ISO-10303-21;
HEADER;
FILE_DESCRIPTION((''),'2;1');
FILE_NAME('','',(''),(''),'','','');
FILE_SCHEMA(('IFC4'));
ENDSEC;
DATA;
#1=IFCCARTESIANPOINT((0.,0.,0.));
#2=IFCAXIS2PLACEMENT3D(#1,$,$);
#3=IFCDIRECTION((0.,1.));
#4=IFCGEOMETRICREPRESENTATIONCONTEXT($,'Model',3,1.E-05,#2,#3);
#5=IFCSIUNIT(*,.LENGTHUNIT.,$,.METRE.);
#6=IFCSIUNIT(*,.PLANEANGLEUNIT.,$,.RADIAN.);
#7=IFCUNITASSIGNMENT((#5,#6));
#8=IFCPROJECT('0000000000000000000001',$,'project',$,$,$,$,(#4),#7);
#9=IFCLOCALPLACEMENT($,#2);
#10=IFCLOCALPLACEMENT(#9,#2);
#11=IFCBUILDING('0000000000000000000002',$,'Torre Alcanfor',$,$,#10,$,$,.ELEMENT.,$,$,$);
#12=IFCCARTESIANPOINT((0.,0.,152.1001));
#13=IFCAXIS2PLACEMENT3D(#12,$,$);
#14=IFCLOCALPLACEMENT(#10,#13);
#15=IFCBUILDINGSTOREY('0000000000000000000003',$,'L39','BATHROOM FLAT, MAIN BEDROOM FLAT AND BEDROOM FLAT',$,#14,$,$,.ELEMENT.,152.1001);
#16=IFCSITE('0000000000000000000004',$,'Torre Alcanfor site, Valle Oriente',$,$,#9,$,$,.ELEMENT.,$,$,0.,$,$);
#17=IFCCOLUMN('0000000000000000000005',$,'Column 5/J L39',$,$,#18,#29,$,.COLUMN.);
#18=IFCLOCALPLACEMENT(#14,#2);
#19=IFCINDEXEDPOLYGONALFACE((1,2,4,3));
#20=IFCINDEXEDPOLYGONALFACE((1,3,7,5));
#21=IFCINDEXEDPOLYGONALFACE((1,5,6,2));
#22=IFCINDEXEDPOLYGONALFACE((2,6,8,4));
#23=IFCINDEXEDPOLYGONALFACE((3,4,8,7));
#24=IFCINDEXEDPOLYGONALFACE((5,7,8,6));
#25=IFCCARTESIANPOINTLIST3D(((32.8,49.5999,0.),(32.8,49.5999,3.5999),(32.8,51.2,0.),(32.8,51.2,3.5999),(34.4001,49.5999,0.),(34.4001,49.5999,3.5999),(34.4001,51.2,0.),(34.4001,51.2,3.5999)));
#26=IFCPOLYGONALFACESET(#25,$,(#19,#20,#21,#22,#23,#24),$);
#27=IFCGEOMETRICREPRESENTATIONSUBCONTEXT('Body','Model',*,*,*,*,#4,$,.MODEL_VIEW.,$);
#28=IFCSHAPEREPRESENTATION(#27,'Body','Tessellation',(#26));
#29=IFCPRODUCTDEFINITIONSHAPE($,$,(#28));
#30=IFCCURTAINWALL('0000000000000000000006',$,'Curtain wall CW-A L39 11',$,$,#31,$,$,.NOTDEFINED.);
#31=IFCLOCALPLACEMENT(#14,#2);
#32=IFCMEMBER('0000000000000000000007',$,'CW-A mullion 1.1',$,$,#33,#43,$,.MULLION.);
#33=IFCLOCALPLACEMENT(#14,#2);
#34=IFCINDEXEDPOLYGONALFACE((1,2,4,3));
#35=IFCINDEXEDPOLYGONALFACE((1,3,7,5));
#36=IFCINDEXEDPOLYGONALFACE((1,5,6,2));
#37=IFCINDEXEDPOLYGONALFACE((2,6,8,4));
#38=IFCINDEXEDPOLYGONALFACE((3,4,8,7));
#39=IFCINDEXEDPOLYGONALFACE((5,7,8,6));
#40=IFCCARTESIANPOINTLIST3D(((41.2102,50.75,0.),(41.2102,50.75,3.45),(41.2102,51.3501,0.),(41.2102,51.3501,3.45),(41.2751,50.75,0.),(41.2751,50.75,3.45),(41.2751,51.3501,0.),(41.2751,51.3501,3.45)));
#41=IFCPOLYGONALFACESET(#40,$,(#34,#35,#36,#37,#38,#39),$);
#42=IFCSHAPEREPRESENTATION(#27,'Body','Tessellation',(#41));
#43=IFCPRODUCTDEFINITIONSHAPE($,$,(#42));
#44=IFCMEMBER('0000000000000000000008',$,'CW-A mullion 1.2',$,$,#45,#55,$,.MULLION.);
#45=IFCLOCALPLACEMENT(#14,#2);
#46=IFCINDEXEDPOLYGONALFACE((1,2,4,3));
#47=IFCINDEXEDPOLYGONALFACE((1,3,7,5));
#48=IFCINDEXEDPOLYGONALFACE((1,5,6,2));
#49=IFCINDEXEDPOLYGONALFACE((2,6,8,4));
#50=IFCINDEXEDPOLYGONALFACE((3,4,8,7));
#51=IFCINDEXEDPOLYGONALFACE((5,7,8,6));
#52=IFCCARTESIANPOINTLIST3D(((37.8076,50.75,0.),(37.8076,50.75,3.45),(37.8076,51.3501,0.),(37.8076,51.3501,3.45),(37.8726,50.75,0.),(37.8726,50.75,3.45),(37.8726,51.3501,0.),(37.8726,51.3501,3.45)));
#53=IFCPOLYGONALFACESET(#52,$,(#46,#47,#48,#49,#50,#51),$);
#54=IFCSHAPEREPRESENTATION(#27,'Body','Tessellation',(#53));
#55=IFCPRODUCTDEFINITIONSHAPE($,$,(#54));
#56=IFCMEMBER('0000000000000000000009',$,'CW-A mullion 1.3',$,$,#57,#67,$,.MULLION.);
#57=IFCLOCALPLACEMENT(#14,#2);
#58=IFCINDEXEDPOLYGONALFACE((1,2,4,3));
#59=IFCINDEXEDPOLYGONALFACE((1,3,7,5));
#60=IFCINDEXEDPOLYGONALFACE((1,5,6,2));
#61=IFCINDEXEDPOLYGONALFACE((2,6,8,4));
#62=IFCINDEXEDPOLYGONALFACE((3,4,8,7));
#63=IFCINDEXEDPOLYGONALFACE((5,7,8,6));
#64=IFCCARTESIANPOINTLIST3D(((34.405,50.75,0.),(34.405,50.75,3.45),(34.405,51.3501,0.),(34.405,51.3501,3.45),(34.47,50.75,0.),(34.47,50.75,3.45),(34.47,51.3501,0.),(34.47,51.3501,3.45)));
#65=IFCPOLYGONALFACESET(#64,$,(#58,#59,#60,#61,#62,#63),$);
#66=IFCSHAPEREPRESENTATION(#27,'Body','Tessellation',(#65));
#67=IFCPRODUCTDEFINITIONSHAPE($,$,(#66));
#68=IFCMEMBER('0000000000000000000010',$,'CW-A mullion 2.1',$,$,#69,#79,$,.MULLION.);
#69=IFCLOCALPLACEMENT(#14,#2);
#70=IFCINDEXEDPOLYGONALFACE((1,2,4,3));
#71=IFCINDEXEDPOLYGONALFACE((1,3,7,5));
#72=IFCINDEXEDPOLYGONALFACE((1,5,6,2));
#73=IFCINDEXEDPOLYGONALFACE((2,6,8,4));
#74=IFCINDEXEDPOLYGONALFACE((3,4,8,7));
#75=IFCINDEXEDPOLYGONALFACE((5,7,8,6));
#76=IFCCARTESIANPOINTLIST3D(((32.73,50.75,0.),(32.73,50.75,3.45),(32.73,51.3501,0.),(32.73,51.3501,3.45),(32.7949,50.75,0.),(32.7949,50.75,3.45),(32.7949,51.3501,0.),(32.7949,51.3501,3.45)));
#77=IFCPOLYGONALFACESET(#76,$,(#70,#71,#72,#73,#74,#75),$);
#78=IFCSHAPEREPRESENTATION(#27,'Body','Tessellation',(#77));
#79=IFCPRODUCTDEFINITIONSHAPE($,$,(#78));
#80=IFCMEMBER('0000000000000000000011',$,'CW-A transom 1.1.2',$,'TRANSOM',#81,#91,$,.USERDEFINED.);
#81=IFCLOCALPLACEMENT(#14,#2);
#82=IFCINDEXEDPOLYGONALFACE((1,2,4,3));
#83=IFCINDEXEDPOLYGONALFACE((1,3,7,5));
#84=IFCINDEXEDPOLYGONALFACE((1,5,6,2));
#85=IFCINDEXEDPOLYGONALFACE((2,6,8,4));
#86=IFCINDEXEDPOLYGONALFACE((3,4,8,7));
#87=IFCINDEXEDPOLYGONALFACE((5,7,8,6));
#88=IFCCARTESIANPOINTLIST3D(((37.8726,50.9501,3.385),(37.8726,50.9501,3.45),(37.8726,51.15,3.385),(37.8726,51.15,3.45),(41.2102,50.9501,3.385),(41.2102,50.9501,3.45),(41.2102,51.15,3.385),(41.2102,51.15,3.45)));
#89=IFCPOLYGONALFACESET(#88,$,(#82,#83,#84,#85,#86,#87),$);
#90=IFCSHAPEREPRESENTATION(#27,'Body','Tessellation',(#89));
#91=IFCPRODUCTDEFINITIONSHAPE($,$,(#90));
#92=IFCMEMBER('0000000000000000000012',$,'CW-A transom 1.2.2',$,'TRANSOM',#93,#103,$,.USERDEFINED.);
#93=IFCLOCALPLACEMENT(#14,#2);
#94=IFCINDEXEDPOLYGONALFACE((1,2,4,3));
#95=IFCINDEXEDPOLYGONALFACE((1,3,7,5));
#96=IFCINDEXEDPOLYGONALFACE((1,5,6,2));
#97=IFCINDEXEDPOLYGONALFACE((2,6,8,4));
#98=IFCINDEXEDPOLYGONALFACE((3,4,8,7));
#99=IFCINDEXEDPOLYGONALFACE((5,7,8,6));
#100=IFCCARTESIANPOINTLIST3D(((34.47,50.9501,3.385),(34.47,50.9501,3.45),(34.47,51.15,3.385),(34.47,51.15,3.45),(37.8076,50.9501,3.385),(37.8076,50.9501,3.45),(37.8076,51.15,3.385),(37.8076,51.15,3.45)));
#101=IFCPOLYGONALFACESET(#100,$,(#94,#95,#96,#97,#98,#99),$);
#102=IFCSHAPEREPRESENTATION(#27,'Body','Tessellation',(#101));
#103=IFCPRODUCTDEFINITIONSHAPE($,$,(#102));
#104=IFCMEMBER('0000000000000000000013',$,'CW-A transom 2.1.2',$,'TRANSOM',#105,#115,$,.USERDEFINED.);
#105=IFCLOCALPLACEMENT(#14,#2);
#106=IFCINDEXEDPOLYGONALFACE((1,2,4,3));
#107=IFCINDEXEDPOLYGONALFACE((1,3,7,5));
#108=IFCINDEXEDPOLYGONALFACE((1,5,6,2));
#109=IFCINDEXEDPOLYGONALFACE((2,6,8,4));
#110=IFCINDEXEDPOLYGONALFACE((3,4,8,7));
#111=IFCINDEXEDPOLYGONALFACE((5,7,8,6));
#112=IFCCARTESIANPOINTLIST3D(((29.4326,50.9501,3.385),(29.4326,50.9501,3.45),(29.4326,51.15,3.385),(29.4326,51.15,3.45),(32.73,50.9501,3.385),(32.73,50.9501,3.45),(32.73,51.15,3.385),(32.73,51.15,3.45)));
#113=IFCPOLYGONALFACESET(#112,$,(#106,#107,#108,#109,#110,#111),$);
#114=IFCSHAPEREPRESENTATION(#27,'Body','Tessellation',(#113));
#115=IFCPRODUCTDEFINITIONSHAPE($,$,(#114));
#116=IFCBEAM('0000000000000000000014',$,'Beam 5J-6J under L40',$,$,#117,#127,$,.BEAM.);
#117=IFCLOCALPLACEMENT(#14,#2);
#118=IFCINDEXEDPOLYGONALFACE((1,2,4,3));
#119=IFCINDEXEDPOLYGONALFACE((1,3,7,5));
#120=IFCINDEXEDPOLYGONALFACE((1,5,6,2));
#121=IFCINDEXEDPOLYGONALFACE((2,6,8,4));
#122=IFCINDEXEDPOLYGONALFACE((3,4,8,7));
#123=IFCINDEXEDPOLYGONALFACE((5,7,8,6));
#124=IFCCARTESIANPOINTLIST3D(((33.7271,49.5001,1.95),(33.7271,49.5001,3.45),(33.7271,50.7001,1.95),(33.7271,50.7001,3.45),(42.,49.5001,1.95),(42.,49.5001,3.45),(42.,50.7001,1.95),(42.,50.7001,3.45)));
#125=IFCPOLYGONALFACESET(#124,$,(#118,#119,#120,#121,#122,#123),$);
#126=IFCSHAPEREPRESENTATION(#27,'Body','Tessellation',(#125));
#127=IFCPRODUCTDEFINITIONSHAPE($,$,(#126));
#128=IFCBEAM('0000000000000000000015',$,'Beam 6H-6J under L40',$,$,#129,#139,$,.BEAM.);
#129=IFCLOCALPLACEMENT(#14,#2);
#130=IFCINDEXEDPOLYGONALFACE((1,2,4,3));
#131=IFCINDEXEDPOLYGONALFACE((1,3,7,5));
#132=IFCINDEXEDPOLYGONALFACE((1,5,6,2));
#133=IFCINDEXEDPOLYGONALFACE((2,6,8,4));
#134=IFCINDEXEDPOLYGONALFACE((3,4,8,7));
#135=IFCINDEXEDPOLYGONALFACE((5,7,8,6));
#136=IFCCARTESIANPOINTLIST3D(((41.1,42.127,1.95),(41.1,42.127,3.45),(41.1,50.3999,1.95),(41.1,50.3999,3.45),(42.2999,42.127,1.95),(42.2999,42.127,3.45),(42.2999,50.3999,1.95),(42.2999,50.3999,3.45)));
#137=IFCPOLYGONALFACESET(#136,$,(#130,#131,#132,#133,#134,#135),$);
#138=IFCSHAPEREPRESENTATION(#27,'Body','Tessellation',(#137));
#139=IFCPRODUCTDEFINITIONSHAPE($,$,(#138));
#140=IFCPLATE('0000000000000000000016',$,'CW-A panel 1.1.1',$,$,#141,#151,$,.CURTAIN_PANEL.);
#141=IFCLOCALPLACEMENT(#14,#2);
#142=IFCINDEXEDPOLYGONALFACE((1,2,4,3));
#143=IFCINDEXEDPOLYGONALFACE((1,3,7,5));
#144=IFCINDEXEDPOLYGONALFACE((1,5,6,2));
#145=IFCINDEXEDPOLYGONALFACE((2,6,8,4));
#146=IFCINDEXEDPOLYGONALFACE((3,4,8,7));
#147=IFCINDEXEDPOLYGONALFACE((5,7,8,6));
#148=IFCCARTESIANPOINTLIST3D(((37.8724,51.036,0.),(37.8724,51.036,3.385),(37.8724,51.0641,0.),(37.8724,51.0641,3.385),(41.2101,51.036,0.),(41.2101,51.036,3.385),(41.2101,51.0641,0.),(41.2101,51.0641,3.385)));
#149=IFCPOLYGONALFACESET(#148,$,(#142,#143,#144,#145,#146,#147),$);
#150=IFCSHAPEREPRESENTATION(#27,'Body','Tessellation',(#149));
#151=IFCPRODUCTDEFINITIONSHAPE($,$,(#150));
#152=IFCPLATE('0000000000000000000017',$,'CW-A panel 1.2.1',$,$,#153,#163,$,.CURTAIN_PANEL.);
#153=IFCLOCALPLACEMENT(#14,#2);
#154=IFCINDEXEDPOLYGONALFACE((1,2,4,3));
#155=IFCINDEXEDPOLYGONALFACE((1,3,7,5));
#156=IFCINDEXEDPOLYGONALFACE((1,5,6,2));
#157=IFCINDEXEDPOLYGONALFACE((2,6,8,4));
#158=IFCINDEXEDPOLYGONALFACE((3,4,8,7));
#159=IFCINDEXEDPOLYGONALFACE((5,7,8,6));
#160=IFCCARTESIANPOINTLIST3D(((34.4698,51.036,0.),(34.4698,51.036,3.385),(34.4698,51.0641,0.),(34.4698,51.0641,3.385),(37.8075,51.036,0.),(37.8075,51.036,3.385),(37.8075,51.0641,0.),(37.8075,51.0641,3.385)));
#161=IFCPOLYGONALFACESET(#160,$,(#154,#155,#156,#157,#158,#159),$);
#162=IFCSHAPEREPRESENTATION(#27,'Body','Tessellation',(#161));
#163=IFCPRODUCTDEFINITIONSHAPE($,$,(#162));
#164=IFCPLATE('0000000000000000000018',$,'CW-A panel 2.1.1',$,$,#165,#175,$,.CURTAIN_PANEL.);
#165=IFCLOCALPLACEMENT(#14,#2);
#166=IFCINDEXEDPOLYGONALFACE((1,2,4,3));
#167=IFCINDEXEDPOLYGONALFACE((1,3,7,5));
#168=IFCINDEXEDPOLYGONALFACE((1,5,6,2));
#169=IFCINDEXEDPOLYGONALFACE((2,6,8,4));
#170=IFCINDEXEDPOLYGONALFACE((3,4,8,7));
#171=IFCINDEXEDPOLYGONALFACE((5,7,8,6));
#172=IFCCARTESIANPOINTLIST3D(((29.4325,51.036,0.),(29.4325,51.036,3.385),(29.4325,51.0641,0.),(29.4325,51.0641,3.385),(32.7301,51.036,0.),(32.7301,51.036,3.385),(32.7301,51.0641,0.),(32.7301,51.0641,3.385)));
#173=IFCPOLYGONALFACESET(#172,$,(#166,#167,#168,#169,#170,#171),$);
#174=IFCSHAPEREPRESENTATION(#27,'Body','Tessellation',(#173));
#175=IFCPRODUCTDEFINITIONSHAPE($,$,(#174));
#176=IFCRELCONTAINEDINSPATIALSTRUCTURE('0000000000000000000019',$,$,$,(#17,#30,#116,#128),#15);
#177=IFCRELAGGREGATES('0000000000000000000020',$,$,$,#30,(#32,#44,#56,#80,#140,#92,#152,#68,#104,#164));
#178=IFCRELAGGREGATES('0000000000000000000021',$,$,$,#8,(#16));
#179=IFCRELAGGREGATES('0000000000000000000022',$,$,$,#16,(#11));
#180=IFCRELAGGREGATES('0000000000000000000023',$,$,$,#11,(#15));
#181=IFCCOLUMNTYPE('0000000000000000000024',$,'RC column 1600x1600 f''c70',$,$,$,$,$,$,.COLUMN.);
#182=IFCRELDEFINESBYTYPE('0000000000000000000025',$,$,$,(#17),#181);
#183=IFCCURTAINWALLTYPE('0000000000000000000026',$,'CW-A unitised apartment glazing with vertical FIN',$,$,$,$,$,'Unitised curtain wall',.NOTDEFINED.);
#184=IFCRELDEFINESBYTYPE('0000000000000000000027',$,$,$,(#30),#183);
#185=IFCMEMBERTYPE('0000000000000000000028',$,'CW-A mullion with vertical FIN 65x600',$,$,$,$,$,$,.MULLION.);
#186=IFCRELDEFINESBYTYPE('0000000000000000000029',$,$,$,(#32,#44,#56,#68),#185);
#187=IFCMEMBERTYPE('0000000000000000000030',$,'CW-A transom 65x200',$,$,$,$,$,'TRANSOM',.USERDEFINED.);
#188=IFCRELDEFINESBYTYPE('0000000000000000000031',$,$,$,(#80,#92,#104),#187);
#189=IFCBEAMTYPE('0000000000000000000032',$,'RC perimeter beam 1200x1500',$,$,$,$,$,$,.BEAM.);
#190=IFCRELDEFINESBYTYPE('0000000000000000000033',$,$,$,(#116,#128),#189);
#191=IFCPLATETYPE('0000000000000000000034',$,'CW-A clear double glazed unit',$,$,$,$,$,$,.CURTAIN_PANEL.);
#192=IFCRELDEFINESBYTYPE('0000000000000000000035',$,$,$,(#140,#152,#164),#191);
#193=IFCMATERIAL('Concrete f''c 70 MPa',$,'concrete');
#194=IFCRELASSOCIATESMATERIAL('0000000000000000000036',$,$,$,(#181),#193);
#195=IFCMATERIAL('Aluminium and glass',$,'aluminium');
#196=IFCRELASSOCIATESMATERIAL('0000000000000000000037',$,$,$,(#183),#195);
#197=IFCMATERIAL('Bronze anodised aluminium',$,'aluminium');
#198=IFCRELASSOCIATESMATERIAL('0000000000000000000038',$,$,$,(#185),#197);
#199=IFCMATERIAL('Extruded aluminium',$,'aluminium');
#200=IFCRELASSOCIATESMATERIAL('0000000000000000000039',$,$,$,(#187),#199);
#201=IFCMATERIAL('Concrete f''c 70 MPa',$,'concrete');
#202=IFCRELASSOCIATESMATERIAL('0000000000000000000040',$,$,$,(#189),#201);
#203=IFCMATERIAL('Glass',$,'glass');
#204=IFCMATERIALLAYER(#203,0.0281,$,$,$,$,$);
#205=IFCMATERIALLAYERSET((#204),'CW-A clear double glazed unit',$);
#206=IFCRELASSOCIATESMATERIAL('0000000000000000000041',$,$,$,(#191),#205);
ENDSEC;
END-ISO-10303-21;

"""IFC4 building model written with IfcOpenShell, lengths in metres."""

from ifc_helpers import new_model, si_unit, direction, frame, origin, origin_2d, place, context, subcontext, project, spatial, rectangle, extrude, material, layer, layer_set, material_profile, profile_set, type_object, element, aggregate, save


model = new_model("IFC4")

# Units and contexts
model_context = context("Model", 3, precision=1e-05, world=origin(), true_north=direction((0.0, 1.0)))
body_context = subcontext(model_context, "Body", "Model", "MODEL_VIEW")
ifc_project = project(units=[si_unit("LENGTHUNIT", "METRE"), si_unit("PLANEANGLEUNIT", "RADIAN")], contexts=[model_context])

# Site, building, storey
site_placement = place(None, origin())
site = spatial("IfcSite", under=ifc_project, at=site_placement, Name="Torre Alcanfor site, Valle Oriente", CompositionType="ELEMENT", RefElevation=0.0)
building_placement = place(site_placement, origin())
building = spatial("IfcBuilding", under=site, at=building_placement, Name="Torre Alcanfor", CompositionType="ELEMENT")
storey_placement = place(building_placement, frame((0.0, 0.0, 152.1001)))
storey = spatial("IfcBuildingStorey", under=building, at=storey_placement, Name="L39", Description="BATHROOM FLAT, MAIN BEDROOM FLAT AND BEDROOM FLAT", CompositionType="ELEMENT", Elevation=152.1001)

# Column
ifc_material_1 = material(Name="Concrete f'c 70 MPa", Category="concrete")
ifc_material_profile_1 = material_profile(ifc_material_1, rectangle(XDim=1.6001, YDim=1.6001, at=origin_2d()), Name="1600x1600")
ifc_profile_set_1 = profile_set([ifc_material_profile_1], Name="Concrete f'c 70 MPa")
column_type = type_object("IfcColumnType", Name="RC column 1600x1600 f'c70", PredefinedType="COLUMN", material=ifc_profile_set_1)
column_placement = place(storey_placement, frame((33.6001, 50.3999, 0.0), z_axis=(0.0, 0.0, 1.0), x_axis=(1.0, 0.0, 0.0)))
element("IfcColumn", 1, at=column_placement, inside=storey, type_object=column_type, Name="Column 5/J L39", PredefinedType="COLUMN", context=body_context, shape_type="SweptSolid", body=[
    extrude(rectangle(XDim=1.6001, YDim=1.6001, at=origin_2d()), origin(), (0.0, 0.0, 1.0), 3.5999),
])

# Curtain wall, members
ifc_material_2 = material(Name="Aluminium and glass", Category="aluminium")
curtain_wall_type = type_object("IfcCurtainWallType", Name="CW-A unitised apartment glazing with vertical FIN", ElementType="Unitised curtain wall", PredefinedType="NOTDEFINED", material=ifc_material_2)
curtain_wall_placement = place(storey_placement, origin())
curtain_wall = element("IfcCurtainWall", 2, at=curtain_wall_placement, inside=storey, type_object=curtain_wall_type, Name="Curtain wall CW-A L39 11", PredefinedType="NOTDEFINED")
ifc_material_3 = material(Name="Bronze anodised aluminium", Category="aluminium")
ifc_material_profile_2 = material_profile(ifc_material_3, rectangle(XDim=0.6001, YDim=0.0649, at=origin_2d()), Name="CW-A mullion 65x600")
ifc_profile_set_2 = profile_set([ifc_material_profile_2], Name="Bronze anodised aluminium")
member_type_1 = type_object("IfcMemberType", Name="CW-A mullion with vertical FIN 65x600", PredefinedType="MULLION", material=ifc_profile_set_2)
member_1_placement = place(storey_placement, frame((41.2427, 51.05, 0.0), z_axis=(0.0, 0.0, 1.0), x_axis=(0.0, -1.0, 0.0)))
member_1 = element("IfcMember", 3, at=member_1_placement, type_object=member_type_1, Name="CW-A mullion 1.1", PredefinedType="MULLION", context=body_context, shape_type="SweptSolid", body=[
    extrude(rectangle(XDim=0.6001, YDim=0.0649, at=origin_2d()), origin(), (0.0, 0.0, 1.0), 3.45),
])
member_2_placement = place(storey_placement, frame((37.8401, 51.05, 0.0), z_axis=(0.0, 0.0, 1.0), x_axis=(0.0, -1.0, 0.0)))
member_2 = element("IfcMember", 4, at=member_2_placement, type_object=member_type_1, Name="CW-A mullion 1.2", PredefinedType="MULLION", context=body_context, shape_type="SweptSolid", body=[
    extrude(rectangle(XDim=0.6001, YDim=0.0649, at=origin_2d()), origin(), (0.0, 0.0, 1.0), 3.45),
])
member_3_placement = place(storey_placement, frame((34.4375, 51.05, 0.0), z_axis=(0.0, 0.0, 1.0), x_axis=(0.0, -1.0, 0.0)))
member_3 = element("IfcMember", 5, at=member_3_placement, type_object=member_type_1, Name="CW-A mullion 1.3", PredefinedType="MULLION", context=body_context, shape_type="SweptSolid", body=[
    extrude(rectangle(XDim=0.6001, YDim=0.0649, at=origin_2d()), origin(), (0.0, 0.0, 1.0), 3.45),
])
member_4_placement = place(storey_placement, frame((32.7625, 51.05, 0.0), z_axis=(0.0, 0.0, 1.0), x_axis=(0.0, -1.0, 0.0)))
member_4 = element("IfcMember", 6, at=member_4_placement, type_object=member_type_1, Name="CW-A mullion 2.1", PredefinedType="MULLION", context=body_context, shape_type="SweptSolid", body=[
    extrude(rectangle(XDim=0.6001, YDim=0.0649, at=origin_2d()), origin(), (0.0, 0.0, 1.0), 3.45),
])
ifc_material_4 = material(Name="Extruded aluminium", Category="aluminium")
ifc_material_profile_3 = material_profile(ifc_material_4, rectangle(XDim=0.2, YDim=0.0649, at=origin_2d()), Name="CW-A transom 200x65")
ifc_profile_set_3 = profile_set([ifc_material_profile_3], Name="Extruded aluminium")
member_type_2 = type_object("IfcMemberType", Name="CW-A transom 65x200", ElementType="TRANSOM", PredefinedType="USERDEFINED", material=ifc_profile_set_3)
member_5_placement = place(storey_placement, frame((41.2102, 51.05, 3.4175), z_axis=(-1.0, 0.0, 0.0), x_axis=(0.0, -1.0, 0.0)))
member_5 = element("IfcMember", 7, at=member_5_placement, type_object=member_type_2, Name="CW-A transom 1.1.2", ObjectType="TRANSOM", PredefinedType="USERDEFINED", context=body_context, shape_type="SweptSolid", body=[
    extrude(rectangle(XDim=0.2, YDim=0.0649, at=origin_2d()), origin(), (0.0, 0.0, 1.0), 3.3376),
])
member_6_placement = place(storey_placement, frame((37.8076, 51.05, 3.4175), z_axis=(-1.0, 0.0, 0.0), x_axis=(0.0, -1.0, 0.0)))
member_6 = element("IfcMember", 8, at=member_6_placement, type_object=member_type_2, Name="CW-A transom 1.2.2", ObjectType="TRANSOM", PredefinedType="USERDEFINED", context=body_context, shape_type="SweptSolid", body=[
    extrude(rectangle(XDim=0.2, YDim=0.0649, at=origin_2d()), origin(), (0.0, 0.0, 1.0), 3.3376),
])
member_7_placement = place(storey_placement, frame((32.73, 51.05, 3.4175), z_axis=(-1.0, 0.0, 0.0), x_axis=(0.0, -1.0, 0.0)))
member_7 = element("IfcMember", 9, at=member_7_placement, type_object=member_type_2, Name="CW-A transom 2.1.2", ObjectType="TRANSOM", PredefinedType="USERDEFINED", context=body_context, shape_type="SweptSolid", body=[
    extrude(rectangle(XDim=0.2, YDim=0.0649, at=origin_2d()), origin(), (0.0, 0.0, 1.0), 3.2974),
])

# Beams
ifc_material_5 = material(Name="Concrete f'c 70 MPa", Category="concrete")
ifc_material_profile_4 = material_profile(ifc_material_5, rectangle(XDim=1.2, YDim=1.5, at=origin_2d()), Name="1200x1500")
ifc_profile_set_4 = profile_set([ifc_material_profile_4], Name="Concrete f'c 70 MPa")
beam_type = type_object("IfcBeamType", Name="RC perimeter beam 1200x1500", PredefinedType="BEAM", material=ifc_profile_set_4)
for number, where, z_axis, x_axis, name in (
    (10, (33.7271, 50.1001, 2.7), (1.0, 0.0, 0.0), (0.0, 1.0, 0.0), "Beam 5J-6J under L40"),
    (11, (41.7, 42.127, 2.7), (0.0, 1.0, 0.0), (-1.0, 0.0, 0.0), "Beam 6H-6J under L40"),
):
    element("IfcBeam", number, at=place(storey_placement, frame(where, z_axis=z_axis, x_axis=x_axis)), inside=storey, type_object=beam_type, Name=name, PredefinedType="BEAM", context=body_context, shape_type="SweptSolid", body=[
        extrude(rectangle(XDim=1.2, YDim=1.5, at=origin_2d()), origin(), (0.0, 0.0, 1.0), 8.2729),
    ])

# Plates
ifc_material_6 = material(Name="Glass", Category="glass")
ifc_layer_1 = layer(ifc_material_6, 0.0281)
ifc_layer_set_1 = layer_set([ifc_layer_1], Name="CW-A clear double glazed unit")
plate_type = type_object("IfcPlateType", Name="CW-A clear double glazed unit", PredefinedType="CURTAIN_PANEL", material=ifc_layer_set_1)
plate_1_placement = place(storey_placement, frame((39.5413, 51.05, 0.0), z_axis=(0.0, 0.0, 1.0), x_axis=(-1.0, 0.0, 0.0)))
plate_1 = element("IfcPlate", 12, at=plate_1_placement, type_object=plate_type, Name="CW-A panel 1.1.1", PredefinedType="CURTAIN_PANEL", context=body_context, shape_type="SweptSolid", body=[
    extrude(rectangle(XDim=3.3376, YDim=0.0281, at=origin_2d()), origin(), (0.0, 0.0, 1.0), 3.385),
])
plate_2_placement = place(storey_placement, frame((36.1387, 51.05, 0.0), z_axis=(0.0, 0.0, 1.0), x_axis=(-1.0, 0.0, 0.0)))
plate_2 = element("IfcPlate", 13, at=plate_2_placement, type_object=plate_type, Name="CW-A panel 1.2.1", PredefinedType="CURTAIN_PANEL", context=body_context, shape_type="SweptSolid", body=[
    extrude(rectangle(XDim=3.3376, YDim=0.0281, at=origin_2d()), origin(), (0.0, 0.0, 1.0), 3.385),
])
plate_3_placement = place(storey_placement, frame((31.0813, 51.05, 0.0), z_axis=(0.0, 0.0, 1.0), x_axis=(-1.0, 0.0, 0.0)))
plate_3 = element("IfcPlate", 14, at=plate_3_placement, type_object=plate_type, Name="CW-A panel 2.1.1", PredefinedType="CURTAIN_PANEL", context=body_context, shape_type="SweptSolid", body=[
    extrude(rectangle(XDim=3.2976, YDim=0.0281, at=origin_2d()), origin(), (0.0, 0.0, 1.0), 3.385),
])
aggregate(curtain_wall, [member_1, member_2, member_3, member_5, plate_1, member_6, plate_2, member_4, member_7, plate_3])

save(model, "model.ifc")
